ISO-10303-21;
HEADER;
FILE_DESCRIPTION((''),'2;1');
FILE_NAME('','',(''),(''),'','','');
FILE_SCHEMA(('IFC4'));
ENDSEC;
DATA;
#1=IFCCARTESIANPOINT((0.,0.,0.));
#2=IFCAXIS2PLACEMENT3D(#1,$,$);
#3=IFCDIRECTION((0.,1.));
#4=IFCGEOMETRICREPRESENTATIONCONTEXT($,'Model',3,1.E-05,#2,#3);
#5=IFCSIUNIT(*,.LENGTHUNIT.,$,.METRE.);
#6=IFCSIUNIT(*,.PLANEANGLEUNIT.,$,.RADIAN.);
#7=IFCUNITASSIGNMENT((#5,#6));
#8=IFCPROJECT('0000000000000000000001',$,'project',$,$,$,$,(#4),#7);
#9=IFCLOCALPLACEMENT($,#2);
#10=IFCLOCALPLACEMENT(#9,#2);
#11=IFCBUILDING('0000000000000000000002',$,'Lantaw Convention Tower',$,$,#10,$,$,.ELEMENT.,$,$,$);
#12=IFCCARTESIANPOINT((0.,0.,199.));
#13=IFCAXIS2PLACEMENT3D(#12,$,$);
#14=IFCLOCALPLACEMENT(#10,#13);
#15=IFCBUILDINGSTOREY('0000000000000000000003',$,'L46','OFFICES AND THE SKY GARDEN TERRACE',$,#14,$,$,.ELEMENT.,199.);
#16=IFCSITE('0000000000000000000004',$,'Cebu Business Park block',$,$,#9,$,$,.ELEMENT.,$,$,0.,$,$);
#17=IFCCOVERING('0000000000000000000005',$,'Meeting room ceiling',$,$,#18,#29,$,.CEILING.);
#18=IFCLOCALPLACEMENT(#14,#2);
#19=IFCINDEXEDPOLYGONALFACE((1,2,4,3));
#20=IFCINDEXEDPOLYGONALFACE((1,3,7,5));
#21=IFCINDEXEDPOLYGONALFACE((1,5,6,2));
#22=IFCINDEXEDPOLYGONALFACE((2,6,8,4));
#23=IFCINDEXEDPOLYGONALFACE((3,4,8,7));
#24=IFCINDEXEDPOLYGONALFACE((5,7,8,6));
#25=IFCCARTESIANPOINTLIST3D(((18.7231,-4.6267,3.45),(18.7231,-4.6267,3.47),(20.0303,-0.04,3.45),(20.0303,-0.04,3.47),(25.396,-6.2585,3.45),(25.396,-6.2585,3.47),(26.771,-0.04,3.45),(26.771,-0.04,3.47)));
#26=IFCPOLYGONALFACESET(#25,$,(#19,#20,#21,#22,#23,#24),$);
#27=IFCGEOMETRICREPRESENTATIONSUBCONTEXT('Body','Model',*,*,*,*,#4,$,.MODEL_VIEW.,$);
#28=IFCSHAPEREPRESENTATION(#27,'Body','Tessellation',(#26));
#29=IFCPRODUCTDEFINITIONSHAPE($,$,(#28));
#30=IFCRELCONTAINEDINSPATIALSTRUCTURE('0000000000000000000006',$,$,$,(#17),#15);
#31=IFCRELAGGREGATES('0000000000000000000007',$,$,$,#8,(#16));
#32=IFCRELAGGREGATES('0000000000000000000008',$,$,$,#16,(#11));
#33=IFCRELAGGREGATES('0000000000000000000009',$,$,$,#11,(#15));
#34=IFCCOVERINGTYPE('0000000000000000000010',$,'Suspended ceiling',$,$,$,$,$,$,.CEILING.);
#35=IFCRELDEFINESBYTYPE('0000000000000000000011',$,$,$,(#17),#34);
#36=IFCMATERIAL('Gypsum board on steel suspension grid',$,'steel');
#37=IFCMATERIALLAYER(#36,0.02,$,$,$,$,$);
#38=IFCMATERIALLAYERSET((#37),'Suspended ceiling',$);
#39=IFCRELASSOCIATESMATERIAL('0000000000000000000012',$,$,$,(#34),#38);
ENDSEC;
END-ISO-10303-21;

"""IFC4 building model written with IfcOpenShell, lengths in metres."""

from ifc_helpers import new_model, si_unit, direction, frame, origin, place, context, subcontext, project, spatial, polyline, outline, extrude, material, layer, layer_set, type_object, element, save


model = new_model("IFC4")

# Units and contexts
model_context = context("Model", 3, precision=1e-05, world=origin(), true_north=direction((0.0, 1.0)))
body_context = subcontext(model_context, "Body", "Model", "MODEL_VIEW")
ifc_project = project(units=[si_unit("LENGTHUNIT", "METRE"), si_unit("PLANEANGLEUNIT", "RADIAN")], contexts=[model_context])

# Site, building, storey
site_placement = place(None, origin())
site = spatial("IfcSite", under=ifc_project, at=site_placement, Name="Cebu Business Park block", CompositionType="ELEMENT", RefElevation=0.0)
building_placement = place(site_placement, origin())
building = spatial("IfcBuilding", under=site, at=building_placement, Name="Lantaw Convention Tower", CompositionType="ELEMENT")
storey_placement = place(building_placement, frame((0.0, 0.0, 199.0)))
storey = spatial("IfcBuildingStorey", under=building, at=storey_placement, Name="L46", Description="OFFICES AND THE SKY GARDEN TERRACE", CompositionType="ELEMENT", Elevation=199.0)

# Covering
ifc_material_1 = material(Name="Gypsum board on steel suspension grid", Category="steel")
ifc_layer_1 = layer(ifc_material_1, 0.02)
ifc_layer_set_1 = layer_set([ifc_layer_1], Name="Suspended ceiling")
covering_type = type_object("IfcCoveringType", Name="Suspended ceiling", PredefinedType="CEILING", material=ifc_layer_set_1)
covering_placement = place(storey_placement, frame((0.0, 0.0, 3.45)))
element("IfcCovering", 1, at=covering_placement, inside=storey, type_object=covering_type, Name="Meeting room ceiling", PredefinedType="CEILING", context=body_context, shape_type="SweptSolid", body=[
    extrude(outline(polyline([(18.7231, -4.6267), (25.396, -6.2585), (26.771, -0.04), (20.0303, -0.04), (18.7231, -4.6267)])), origin(), (0.0, 0.0, 1.0), 0.02),
])

save(model, "model.ifc")
